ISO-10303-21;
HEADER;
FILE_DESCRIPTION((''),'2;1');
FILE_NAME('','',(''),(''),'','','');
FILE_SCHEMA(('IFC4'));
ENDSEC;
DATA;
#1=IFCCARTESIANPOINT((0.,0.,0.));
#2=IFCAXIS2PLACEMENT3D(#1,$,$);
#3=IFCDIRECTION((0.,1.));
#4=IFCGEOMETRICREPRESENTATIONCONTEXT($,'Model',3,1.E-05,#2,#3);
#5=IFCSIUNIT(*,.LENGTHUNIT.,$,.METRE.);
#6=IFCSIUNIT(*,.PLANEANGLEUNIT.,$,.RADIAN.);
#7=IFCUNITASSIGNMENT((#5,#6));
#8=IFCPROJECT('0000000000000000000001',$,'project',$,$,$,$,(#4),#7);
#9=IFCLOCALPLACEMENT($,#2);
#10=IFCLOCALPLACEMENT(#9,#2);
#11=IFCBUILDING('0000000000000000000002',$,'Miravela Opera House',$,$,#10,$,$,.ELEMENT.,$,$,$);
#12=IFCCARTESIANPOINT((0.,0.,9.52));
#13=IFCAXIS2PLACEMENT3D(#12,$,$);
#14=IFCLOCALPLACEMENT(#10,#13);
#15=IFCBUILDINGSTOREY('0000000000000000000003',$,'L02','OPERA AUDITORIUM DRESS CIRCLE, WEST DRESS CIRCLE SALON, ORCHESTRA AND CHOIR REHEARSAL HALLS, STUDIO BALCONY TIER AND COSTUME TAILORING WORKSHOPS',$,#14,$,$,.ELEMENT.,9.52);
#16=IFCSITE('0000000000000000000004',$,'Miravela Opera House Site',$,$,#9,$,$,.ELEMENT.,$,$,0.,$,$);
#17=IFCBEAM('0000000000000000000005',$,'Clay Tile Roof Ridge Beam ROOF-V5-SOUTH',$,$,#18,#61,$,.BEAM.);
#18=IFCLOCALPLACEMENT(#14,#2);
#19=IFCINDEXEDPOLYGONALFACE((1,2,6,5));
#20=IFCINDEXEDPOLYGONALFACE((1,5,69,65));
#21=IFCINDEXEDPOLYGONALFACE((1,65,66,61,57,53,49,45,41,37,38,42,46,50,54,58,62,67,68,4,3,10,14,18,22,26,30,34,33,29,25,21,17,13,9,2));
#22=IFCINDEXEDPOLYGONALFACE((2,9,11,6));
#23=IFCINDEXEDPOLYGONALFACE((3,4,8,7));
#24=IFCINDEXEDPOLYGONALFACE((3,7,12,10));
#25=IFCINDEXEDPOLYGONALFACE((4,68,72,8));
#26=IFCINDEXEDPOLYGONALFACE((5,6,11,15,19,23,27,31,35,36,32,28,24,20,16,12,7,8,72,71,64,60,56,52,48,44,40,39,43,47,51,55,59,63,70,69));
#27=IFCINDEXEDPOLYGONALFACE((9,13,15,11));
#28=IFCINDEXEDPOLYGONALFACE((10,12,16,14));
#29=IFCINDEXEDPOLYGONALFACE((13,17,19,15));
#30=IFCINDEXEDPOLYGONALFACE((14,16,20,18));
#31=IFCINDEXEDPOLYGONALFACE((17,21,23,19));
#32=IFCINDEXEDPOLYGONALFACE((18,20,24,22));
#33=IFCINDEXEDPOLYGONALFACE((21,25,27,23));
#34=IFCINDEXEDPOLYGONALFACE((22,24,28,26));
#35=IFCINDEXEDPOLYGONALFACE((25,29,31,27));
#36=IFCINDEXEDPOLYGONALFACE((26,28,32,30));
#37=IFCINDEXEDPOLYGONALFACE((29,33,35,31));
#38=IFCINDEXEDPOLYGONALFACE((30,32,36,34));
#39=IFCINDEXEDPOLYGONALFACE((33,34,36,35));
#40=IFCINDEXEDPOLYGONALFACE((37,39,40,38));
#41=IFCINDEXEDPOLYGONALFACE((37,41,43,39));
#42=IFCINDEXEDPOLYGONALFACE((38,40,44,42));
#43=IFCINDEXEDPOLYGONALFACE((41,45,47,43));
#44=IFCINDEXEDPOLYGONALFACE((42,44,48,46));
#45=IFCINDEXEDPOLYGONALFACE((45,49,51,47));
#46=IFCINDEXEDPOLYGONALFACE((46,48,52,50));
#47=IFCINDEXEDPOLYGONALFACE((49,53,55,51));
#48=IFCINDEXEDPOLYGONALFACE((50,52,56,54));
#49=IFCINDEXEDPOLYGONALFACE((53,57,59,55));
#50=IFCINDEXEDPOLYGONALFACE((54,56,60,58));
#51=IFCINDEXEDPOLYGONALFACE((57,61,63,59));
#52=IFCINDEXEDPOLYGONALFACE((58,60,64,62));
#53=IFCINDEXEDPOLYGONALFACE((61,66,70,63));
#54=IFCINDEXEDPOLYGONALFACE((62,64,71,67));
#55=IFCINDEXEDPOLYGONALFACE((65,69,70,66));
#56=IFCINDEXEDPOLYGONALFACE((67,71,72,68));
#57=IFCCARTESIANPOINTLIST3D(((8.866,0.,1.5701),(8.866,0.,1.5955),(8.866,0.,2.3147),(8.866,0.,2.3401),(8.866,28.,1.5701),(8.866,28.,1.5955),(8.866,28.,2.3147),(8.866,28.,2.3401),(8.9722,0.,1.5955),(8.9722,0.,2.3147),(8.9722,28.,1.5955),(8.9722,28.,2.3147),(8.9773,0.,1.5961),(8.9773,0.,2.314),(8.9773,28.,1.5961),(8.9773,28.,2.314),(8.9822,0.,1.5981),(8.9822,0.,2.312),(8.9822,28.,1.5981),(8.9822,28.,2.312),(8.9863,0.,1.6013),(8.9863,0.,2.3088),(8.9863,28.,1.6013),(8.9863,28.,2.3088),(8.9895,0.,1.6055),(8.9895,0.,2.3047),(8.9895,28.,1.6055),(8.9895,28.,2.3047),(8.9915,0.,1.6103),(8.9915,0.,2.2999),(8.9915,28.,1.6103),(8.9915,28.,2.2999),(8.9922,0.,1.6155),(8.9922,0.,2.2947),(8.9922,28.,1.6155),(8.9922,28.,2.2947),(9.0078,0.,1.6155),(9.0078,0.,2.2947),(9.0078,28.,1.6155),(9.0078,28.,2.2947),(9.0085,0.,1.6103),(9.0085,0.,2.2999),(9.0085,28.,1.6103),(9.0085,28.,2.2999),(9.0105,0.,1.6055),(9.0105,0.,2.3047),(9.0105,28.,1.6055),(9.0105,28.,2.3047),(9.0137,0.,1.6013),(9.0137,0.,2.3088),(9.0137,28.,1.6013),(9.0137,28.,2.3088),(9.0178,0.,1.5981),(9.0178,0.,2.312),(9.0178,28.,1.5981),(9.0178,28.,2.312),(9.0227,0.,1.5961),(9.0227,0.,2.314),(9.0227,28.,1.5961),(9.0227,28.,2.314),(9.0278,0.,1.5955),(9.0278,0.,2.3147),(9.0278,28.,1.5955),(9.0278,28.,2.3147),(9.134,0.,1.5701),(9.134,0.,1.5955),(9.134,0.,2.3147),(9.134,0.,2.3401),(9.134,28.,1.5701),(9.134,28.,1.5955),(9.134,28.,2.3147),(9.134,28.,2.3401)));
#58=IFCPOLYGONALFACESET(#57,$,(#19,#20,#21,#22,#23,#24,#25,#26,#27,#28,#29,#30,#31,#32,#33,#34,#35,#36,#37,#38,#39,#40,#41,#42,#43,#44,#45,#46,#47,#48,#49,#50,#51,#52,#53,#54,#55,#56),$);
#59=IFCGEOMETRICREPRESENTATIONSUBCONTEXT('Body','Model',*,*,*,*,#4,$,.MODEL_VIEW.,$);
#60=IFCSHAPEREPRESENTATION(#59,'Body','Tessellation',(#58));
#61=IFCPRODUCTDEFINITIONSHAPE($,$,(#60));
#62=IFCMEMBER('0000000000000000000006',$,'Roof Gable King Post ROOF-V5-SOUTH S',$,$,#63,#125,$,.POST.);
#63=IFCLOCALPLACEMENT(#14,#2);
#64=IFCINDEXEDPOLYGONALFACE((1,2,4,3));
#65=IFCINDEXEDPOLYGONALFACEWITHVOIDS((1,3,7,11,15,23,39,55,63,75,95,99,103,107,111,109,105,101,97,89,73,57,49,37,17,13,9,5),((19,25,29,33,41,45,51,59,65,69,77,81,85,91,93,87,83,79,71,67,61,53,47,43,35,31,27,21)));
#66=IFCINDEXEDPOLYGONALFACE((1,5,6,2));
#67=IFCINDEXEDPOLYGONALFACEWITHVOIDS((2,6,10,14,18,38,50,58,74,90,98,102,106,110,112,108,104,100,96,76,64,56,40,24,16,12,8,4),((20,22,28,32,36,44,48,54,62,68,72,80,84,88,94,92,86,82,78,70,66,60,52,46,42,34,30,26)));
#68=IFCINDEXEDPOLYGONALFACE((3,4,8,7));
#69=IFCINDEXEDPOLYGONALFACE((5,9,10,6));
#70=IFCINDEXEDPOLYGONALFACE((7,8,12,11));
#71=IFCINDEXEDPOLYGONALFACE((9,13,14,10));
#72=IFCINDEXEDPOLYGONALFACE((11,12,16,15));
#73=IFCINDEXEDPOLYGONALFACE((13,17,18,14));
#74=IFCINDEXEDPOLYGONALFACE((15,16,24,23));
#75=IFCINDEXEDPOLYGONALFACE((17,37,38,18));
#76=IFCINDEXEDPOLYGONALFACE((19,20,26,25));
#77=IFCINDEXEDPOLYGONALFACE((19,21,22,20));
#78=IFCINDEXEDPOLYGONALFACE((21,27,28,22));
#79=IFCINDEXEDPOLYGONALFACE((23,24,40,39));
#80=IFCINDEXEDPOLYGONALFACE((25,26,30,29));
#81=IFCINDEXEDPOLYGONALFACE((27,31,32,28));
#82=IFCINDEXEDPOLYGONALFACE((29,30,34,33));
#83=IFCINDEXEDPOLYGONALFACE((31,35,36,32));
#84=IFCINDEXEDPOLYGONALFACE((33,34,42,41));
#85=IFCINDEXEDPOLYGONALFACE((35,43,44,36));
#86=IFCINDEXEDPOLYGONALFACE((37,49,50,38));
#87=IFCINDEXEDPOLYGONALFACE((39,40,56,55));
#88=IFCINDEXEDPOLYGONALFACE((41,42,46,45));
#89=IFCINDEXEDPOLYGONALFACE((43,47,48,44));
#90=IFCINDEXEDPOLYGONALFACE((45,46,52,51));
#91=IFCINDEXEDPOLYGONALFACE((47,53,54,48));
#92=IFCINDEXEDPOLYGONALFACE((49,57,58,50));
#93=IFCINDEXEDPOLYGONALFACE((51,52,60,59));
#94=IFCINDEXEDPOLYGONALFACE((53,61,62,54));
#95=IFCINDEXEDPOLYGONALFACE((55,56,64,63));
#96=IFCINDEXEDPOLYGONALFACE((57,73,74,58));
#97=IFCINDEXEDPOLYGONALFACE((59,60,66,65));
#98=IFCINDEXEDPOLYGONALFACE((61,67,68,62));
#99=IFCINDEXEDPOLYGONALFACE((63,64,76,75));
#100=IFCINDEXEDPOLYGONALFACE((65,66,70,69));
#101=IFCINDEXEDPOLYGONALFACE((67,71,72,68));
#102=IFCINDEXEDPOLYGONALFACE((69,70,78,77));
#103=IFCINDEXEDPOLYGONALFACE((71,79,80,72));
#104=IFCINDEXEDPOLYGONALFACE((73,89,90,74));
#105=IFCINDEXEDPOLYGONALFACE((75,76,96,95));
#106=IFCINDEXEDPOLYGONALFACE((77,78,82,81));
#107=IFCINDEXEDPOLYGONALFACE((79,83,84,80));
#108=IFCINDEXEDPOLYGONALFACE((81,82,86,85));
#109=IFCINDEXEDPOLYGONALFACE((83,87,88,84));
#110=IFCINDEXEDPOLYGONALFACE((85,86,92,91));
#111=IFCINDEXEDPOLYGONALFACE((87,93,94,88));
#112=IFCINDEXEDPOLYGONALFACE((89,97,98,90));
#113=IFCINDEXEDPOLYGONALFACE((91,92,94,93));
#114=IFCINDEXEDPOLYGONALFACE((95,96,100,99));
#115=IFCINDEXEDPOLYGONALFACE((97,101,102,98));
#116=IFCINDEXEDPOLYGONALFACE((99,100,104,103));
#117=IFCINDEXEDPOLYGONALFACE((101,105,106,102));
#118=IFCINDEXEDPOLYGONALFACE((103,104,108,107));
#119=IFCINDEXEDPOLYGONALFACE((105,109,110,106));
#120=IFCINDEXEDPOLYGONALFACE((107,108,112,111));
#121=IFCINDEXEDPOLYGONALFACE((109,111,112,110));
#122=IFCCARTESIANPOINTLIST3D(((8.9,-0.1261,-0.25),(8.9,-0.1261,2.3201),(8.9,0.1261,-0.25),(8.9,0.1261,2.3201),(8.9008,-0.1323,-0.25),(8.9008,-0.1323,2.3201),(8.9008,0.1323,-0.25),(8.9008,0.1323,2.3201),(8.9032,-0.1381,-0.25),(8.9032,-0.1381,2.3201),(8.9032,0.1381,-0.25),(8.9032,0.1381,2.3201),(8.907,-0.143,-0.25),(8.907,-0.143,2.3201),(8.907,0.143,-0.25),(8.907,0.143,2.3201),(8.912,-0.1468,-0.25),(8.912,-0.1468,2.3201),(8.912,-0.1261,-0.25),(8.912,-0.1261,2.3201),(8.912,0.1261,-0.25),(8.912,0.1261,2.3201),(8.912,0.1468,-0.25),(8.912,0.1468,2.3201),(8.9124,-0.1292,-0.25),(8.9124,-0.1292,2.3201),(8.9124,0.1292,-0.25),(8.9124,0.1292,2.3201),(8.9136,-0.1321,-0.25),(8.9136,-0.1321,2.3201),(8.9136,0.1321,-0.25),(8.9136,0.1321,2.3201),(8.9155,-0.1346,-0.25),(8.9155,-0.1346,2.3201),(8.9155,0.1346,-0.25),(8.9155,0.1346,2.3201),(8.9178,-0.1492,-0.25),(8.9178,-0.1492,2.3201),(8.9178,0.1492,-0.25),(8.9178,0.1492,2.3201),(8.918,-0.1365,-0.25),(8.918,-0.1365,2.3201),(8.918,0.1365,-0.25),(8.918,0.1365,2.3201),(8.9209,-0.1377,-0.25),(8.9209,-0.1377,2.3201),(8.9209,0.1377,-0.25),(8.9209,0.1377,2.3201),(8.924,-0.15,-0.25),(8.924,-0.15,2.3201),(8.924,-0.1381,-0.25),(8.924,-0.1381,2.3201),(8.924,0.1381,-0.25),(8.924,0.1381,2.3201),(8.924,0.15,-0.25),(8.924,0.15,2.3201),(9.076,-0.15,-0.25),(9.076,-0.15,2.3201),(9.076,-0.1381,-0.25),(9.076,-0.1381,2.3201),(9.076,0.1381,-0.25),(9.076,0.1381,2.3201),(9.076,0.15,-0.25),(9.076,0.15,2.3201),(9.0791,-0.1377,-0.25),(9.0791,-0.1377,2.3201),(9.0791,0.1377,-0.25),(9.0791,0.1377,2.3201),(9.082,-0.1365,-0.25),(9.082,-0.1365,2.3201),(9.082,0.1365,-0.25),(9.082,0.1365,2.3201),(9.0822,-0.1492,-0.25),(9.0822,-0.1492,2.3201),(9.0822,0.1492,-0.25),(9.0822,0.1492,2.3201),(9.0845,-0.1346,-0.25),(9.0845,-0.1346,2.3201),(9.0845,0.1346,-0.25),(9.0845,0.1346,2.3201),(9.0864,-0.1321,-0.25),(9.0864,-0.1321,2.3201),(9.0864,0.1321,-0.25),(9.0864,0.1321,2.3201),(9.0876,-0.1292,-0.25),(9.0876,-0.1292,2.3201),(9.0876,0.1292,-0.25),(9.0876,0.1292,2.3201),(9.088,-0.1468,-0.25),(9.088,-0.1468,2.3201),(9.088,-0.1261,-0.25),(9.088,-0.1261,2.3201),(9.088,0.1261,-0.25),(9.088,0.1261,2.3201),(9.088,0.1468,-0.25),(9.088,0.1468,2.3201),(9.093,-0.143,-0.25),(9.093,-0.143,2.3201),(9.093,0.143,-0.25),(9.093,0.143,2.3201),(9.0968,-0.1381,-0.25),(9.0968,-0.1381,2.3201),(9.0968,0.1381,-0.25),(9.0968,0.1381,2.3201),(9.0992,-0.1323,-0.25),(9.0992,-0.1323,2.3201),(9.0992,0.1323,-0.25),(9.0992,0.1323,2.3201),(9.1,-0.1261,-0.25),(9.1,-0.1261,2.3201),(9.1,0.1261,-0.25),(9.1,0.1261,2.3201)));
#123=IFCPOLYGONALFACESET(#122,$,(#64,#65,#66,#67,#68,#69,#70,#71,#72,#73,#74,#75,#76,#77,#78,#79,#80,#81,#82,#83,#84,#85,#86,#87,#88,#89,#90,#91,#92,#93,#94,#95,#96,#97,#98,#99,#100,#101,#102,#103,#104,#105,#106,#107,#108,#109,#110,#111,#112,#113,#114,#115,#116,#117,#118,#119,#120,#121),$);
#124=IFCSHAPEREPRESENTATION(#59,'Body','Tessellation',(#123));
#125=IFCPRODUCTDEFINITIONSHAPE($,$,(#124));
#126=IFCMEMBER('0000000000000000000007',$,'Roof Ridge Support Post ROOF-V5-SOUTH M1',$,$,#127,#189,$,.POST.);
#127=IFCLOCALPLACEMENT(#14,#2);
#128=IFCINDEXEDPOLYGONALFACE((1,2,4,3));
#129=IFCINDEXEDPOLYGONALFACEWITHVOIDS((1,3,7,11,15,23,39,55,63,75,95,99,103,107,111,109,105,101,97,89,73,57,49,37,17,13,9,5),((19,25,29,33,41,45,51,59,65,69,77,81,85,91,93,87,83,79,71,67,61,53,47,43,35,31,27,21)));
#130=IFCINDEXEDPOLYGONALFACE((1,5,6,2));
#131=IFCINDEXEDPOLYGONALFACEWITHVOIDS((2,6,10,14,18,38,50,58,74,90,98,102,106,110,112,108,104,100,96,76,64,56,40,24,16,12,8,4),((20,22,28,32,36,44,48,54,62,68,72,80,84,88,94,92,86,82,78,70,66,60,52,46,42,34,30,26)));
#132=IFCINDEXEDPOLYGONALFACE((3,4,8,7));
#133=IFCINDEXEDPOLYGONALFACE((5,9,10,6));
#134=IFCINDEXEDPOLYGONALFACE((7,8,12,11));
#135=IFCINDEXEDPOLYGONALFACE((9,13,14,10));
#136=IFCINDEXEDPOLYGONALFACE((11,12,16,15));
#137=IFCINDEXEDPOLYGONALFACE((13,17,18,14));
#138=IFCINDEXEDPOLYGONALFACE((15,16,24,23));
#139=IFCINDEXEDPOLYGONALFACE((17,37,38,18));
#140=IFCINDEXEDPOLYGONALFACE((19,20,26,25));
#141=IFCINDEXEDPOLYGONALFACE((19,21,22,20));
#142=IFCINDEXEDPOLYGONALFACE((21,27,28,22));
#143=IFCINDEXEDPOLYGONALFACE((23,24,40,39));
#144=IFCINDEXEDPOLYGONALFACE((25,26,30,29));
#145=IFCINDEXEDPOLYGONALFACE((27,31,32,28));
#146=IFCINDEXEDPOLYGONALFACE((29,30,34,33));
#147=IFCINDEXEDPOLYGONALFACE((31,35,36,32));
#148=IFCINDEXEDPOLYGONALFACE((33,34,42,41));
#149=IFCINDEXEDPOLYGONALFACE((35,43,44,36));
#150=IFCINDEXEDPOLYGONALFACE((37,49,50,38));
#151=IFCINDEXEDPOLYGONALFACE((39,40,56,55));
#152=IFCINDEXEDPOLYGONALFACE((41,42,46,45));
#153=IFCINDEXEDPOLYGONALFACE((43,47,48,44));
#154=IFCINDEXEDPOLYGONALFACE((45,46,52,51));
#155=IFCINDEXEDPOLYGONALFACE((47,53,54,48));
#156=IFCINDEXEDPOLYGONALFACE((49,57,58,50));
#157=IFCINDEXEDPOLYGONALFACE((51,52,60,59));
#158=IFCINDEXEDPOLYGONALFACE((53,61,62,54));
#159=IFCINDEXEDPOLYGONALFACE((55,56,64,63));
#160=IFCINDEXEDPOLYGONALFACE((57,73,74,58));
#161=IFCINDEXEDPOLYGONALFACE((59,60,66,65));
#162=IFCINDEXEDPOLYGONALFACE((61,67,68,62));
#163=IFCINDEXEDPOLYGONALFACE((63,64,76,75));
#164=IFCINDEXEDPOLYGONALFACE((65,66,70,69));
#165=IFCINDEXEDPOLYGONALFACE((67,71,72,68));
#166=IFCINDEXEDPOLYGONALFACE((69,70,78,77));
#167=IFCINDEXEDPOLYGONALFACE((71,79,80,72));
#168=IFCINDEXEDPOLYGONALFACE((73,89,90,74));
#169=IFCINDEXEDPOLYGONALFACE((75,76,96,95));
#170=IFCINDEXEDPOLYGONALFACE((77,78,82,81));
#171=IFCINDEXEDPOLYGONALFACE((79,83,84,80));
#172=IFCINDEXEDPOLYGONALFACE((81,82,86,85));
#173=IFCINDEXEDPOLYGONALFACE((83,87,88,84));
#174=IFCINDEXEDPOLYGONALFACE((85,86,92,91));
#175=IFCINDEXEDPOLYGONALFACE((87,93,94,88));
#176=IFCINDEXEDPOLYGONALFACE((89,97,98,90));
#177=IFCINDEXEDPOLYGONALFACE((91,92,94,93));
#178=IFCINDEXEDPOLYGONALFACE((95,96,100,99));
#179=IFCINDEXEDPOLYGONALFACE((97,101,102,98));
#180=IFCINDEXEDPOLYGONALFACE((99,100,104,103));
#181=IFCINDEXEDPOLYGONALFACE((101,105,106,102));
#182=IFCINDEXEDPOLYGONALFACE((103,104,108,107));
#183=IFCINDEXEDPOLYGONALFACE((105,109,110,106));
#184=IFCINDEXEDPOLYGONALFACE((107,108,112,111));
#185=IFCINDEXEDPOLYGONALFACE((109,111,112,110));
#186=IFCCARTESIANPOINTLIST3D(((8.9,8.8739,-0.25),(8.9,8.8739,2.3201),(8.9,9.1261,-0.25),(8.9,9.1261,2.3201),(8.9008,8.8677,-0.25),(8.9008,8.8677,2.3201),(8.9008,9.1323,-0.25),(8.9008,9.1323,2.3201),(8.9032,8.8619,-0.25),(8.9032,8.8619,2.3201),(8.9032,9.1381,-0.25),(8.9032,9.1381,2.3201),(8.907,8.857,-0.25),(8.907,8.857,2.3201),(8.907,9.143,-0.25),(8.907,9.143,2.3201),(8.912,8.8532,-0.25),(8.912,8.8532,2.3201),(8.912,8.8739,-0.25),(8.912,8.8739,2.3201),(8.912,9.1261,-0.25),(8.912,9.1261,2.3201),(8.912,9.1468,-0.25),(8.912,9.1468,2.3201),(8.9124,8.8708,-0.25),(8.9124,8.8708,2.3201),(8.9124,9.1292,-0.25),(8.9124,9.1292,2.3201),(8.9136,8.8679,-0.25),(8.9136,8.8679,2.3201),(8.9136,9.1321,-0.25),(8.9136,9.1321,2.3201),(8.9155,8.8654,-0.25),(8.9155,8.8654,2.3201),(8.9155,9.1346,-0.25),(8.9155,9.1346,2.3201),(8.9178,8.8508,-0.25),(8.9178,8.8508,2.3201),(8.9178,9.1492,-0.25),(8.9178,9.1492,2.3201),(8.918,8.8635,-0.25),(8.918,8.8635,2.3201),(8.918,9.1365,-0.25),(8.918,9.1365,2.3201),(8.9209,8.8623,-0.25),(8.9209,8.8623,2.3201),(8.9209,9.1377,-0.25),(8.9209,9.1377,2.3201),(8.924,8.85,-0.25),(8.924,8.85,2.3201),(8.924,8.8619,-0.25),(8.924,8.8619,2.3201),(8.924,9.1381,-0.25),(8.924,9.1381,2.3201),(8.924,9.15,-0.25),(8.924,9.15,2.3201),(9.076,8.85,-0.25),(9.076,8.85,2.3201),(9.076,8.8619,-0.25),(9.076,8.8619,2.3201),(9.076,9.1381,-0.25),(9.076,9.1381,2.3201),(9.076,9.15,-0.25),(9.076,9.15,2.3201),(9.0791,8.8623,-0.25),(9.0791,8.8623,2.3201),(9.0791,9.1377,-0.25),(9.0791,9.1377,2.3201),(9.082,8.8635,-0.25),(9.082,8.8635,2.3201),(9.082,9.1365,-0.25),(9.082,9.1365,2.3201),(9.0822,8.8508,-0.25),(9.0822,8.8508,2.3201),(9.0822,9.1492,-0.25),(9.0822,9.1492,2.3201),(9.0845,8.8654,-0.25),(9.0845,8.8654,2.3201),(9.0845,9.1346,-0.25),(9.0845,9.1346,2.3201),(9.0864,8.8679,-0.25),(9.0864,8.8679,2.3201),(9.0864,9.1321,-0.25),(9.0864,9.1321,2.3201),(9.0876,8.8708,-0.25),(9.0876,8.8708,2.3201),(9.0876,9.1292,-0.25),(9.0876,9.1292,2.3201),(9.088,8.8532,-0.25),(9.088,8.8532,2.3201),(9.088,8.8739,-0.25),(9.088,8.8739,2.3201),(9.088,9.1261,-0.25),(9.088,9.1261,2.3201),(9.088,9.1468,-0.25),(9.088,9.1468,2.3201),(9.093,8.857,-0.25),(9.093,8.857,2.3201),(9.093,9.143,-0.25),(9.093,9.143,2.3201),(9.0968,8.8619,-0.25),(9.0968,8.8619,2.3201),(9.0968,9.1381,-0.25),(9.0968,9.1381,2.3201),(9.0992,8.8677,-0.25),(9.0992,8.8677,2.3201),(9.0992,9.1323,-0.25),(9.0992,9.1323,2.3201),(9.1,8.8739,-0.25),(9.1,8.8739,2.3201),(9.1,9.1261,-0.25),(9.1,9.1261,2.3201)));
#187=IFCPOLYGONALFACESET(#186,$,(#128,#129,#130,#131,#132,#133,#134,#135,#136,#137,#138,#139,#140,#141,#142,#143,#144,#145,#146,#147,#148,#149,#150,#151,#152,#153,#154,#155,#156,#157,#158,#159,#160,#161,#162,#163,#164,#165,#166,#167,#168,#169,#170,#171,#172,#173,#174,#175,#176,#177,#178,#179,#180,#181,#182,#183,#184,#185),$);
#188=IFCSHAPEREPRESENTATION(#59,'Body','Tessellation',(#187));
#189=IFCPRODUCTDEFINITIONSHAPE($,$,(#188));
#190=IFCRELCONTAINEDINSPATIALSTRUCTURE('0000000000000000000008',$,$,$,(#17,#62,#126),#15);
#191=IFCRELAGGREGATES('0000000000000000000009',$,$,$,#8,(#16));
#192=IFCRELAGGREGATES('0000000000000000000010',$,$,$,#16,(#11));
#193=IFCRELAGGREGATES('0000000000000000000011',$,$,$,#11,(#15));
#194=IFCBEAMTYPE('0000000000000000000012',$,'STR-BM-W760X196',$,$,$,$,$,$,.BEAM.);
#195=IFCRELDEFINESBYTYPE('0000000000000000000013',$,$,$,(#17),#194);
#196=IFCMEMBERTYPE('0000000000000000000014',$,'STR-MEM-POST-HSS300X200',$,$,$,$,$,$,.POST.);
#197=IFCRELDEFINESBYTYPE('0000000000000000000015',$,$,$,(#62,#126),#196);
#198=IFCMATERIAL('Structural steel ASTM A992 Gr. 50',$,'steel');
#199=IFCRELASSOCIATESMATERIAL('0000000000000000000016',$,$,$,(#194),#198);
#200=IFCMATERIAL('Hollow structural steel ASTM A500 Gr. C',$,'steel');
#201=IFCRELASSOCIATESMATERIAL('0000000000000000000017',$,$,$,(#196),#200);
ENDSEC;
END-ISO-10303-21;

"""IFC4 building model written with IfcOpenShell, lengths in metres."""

from ifc_helpers import new_model, si_unit, direction, frame, origin, origin_2d, place, context, subcontext, project, spatial, hollow_rectangle, i_section, extrude, material, material_profile, profile_set, type_object, element, save


model = new_model("IFC4")

# Units and contexts
model_context = context("Model", 3, precision=1e-05, world=origin(), true_north=direction((0.0, 1.0)))
body_context = subcontext(model_context, "Body", "Model", "MODEL_VIEW")
ifc_project = project(units=[si_unit("LENGTHUNIT", "METRE"), si_unit("PLANEANGLEUNIT", "RADIAN")], contexts=[model_context])

# Site, building, storey
site_placement = place(None, origin())
site = spatial("IfcSite", under=ifc_project, at=site_placement, Name="Miravela Opera House Site", CompositionType="ELEMENT", RefElevation=0.0)
building_placement = place(site_placement, origin())
building = spatial("IfcBuilding", under=site, at=building_placement, Name="Miravela Opera House", CompositionType="ELEMENT")
storey_placement = place(building_placement, frame((0.0, 0.0, 9.52)))
storey = spatial("IfcBuildingStorey", under=building, at=storey_placement, Name="L02", Description="OPERA AUDITORIUM DRESS CIRCLE, WEST DRESS CIRCLE SALON, ORCHESTRA AND CHOIR REHEARSAL HALLS, STUDIO BALCONY TIER AND COSTUME TAILORING WORKSHOPS", CompositionType="ELEMENT", Elevation=9.52)

# Beam
ifc_material_1 = material(Name="Structural steel ASTM A992 Gr. 50", Category="steel")
ifc_material_profile_1 = material_profile(ifc_material_1, i_section(OverallWidth=0.2681, OverallDepth=0.77, WebThickness=0.0156, FlangeThickness=0.0254, FilletRadius=0.02, at=origin_2d()), Name="W760X196")
ifc_profile_set_1 = profile_set([ifc_material_profile_1])
beam_type = type_object("IfcBeamType", Name="STR-BM-W760X196", PredefinedType="BEAM", material=ifc_profile_set_1)
beam_placement = place(storey_placement, frame((9.0, 0.0, 1.9551), z_axis=(0.0, 1.0, 0.0), x_axis=(-1.0, 0.0, 0.0)))
element("IfcBeam", 1, at=beam_placement, inside=storey, type_object=beam_type, Name="Clay Tile Roof Ridge Beam ROOF-V5-SOUTH", PredefinedType="BEAM", context=body_context, shape_type="SweptSolid", body=[
    extrude(i_section(OverallWidth=0.2681, OverallDepth=0.77, WebThickness=0.0156, FlangeThickness=0.0254, FilletRadius=0.02, at=origin_2d()), origin(), (0.0, 0.0, 1.0), 28.0),
])

# Members
ifc_material_2 = material(Name="Hollow structural steel ASTM A500 Gr. C", Category="steel")
ifc_material_profile_2 = material_profile(ifc_material_2, hollow_rectangle(XDim=0.2, YDim=0.3, WallThickness=0.012, InnerFilletRadius=0.012, OuterFilletRadius=0.0239, at=origin_2d()), Name="HSS300X200X12")
ifc_profile_set_2 = profile_set([ifc_material_profile_2])
member_type_1 = type_object("IfcMemberType", Name="STR-MEM-POST-HSS300X200", PredefinedType="POST", material=ifc_profile_set_2)
for number, where, z_axis, x_axis, name in (
    (2, (9.0, 0.0, -0.25), (0.0, 0.0, 1.0), (1.0, 0.0, 0.0), "Roof Gable King Post ROOF-V5-SOUTH S"),
    (3, (9.0, 9.0, -0.25), (0.0, 0.0, 1.0), (1.0, 0.0, 0.0), "Roof Ridge Support Post ROOF-V5-SOUTH M1"),
):
    element("IfcMember", number, at=place(storey_placement, frame(where, z_axis=z_axis, x_axis=x_axis)), inside=storey, type_object=member_type_1, Name=name, PredefinedType="POST", context=body_context, shape_type="SweptSolid", body=[
        extrude(hollow_rectangle(XDim=0.2, YDim=0.3, WallThickness=0.012, InnerFilletRadius=0.012, OuterFilletRadius=0.0239, at=origin_2d()), origin(), (0.0, 0.0, 1.0), 2.5701),
    ])

save(model, "model.ifc")
